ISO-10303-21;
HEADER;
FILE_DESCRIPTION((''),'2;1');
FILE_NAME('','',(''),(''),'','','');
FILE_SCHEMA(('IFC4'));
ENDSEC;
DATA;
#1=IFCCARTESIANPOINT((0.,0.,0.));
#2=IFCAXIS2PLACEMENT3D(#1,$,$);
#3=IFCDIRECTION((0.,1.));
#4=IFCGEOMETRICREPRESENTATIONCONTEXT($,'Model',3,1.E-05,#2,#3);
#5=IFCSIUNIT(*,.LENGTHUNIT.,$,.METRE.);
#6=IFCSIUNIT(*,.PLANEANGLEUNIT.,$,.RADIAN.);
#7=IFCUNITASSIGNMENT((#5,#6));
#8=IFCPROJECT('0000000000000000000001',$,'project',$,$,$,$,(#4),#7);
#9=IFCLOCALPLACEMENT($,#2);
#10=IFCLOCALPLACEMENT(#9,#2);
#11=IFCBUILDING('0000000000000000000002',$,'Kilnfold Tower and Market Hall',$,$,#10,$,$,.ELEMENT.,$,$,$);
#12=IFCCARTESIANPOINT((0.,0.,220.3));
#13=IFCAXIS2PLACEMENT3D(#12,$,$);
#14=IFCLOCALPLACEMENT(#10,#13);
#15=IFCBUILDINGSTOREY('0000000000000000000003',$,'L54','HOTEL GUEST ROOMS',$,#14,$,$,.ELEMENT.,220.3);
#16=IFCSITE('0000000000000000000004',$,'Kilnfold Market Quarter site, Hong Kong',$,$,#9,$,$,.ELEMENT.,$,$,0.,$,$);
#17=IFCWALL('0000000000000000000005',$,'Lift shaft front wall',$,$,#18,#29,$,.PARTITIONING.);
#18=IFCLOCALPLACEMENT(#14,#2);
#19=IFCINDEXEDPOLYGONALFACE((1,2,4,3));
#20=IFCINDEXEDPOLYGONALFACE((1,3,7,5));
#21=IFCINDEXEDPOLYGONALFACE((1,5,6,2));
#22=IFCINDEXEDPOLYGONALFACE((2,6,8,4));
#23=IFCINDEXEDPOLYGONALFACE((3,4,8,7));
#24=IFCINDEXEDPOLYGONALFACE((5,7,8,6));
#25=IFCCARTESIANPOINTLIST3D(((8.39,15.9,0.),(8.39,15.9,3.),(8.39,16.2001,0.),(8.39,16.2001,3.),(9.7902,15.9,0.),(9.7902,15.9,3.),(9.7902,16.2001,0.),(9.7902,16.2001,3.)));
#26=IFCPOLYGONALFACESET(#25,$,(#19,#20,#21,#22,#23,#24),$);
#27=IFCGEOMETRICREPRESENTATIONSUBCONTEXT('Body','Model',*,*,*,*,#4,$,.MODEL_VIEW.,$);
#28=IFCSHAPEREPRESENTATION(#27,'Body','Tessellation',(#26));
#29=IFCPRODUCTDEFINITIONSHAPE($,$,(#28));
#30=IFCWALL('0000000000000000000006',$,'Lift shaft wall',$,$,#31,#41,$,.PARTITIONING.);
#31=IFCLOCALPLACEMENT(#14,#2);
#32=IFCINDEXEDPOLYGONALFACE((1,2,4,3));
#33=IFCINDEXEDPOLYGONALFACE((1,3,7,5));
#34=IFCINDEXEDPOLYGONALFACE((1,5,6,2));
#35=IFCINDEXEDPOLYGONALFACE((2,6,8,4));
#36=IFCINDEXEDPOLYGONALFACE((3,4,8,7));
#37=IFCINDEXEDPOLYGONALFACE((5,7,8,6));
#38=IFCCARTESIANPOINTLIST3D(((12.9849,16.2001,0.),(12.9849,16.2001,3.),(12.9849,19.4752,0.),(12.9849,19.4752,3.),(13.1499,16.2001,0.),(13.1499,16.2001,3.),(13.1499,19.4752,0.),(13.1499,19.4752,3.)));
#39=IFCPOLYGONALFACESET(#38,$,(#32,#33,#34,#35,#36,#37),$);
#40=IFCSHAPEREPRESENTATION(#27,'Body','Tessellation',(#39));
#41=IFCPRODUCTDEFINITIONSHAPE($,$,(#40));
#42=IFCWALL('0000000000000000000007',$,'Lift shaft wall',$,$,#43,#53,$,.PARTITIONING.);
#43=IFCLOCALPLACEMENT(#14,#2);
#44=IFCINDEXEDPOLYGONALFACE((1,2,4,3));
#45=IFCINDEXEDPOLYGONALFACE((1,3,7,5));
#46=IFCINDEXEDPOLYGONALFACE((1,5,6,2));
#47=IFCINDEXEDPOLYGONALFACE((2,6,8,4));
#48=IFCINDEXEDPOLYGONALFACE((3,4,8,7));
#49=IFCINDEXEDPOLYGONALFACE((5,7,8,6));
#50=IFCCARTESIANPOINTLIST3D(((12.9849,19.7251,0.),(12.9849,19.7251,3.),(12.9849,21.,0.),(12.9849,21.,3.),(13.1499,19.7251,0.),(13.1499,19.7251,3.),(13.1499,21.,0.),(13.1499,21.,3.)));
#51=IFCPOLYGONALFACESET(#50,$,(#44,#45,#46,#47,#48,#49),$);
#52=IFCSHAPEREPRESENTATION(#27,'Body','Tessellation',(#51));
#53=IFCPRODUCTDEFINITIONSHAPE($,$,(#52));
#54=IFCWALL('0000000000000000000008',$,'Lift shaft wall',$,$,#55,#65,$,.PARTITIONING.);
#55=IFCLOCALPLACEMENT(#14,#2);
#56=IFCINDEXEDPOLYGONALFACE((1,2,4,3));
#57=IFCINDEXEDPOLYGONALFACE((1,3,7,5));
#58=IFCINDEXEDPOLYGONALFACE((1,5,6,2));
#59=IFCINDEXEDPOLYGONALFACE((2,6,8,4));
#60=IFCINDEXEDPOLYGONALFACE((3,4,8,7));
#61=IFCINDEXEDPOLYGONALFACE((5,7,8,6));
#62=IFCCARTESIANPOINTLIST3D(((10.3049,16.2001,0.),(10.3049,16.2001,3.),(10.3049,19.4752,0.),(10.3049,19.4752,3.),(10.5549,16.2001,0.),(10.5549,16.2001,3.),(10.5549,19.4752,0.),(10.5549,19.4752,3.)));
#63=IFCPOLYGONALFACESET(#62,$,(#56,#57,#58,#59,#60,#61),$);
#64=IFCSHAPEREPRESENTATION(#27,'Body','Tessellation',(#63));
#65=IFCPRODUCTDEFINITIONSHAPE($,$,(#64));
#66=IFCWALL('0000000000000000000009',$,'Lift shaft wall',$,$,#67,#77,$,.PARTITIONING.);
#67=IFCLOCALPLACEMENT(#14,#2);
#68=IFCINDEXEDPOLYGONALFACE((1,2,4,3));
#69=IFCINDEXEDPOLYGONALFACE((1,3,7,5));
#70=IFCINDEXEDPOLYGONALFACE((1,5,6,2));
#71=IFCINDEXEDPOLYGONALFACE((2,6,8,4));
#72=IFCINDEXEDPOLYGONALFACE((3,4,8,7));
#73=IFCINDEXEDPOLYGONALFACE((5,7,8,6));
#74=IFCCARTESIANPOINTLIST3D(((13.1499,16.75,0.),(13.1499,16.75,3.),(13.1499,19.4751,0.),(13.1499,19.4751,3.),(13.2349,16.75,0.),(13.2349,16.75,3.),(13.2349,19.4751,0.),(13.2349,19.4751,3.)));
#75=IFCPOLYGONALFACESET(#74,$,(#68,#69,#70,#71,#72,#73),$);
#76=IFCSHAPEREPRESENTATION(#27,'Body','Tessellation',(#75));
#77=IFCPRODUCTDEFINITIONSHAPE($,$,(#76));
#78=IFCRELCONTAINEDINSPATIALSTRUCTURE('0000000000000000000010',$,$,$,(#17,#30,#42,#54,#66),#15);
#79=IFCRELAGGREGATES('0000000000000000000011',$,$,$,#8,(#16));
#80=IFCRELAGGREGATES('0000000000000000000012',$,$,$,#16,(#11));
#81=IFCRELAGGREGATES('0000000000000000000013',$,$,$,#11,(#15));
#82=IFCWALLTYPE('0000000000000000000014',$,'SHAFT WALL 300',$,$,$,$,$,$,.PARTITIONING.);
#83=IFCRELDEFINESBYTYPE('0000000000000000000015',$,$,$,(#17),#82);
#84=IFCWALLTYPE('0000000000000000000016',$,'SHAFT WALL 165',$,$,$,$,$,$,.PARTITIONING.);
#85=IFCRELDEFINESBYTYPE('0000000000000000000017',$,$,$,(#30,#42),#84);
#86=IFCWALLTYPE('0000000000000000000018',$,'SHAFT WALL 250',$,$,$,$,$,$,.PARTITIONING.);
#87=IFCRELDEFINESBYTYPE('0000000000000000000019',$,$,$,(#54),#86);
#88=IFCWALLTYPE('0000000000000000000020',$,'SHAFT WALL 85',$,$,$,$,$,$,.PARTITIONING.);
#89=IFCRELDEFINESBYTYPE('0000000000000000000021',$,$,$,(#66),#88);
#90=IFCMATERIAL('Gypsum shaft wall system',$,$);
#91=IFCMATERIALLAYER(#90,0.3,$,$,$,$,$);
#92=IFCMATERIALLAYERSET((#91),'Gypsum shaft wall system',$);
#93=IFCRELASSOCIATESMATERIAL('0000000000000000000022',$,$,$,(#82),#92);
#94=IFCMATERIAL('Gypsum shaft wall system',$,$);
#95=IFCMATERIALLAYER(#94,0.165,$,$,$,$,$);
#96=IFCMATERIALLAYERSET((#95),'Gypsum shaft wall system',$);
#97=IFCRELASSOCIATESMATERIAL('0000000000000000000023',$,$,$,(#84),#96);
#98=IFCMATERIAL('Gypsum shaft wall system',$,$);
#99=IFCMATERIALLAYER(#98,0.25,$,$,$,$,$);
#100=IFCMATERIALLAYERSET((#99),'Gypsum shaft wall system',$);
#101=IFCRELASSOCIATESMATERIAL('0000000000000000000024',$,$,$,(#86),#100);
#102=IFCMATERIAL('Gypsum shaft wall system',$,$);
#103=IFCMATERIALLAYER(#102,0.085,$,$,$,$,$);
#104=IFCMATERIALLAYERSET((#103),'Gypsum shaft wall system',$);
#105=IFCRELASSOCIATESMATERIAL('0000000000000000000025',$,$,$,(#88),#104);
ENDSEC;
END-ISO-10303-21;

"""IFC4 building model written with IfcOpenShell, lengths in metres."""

from ifc_helpers import new_model, si_unit, direction, frame, frame_2d, origin, place, context, subcontext, project, spatial, rectangle, extrude, source, transform, mapped, material, layer, layer_set, type_object, element, save


model = new_model("IFC4")

# Units and contexts
model_context = context("Model", 3, precision=1e-05, world=origin(), true_north=direction((0.0, 1.0)))
body_context = subcontext(model_context, "Body", "Model", "MODEL_VIEW")
ifc_project = project(units=[si_unit("LENGTHUNIT", "METRE"), si_unit("PLANEANGLEUNIT", "RADIAN")], contexts=[model_context])

# Site, building, storey
site_placement = place(None, origin())
site = spatial("IfcSite", under=ifc_project, at=site_placement, Name="Kilnfold Market Quarter site, Hong Kong", CompositionType="ELEMENT", RefElevation=0.0)
building_placement = place(site_placement, origin())
building = spatial("IfcBuilding", under=site, at=building_placement, Name="Kilnfold Tower and Market Hall", CompositionType="ELEMENT")
storey_placement = place(building_placement, frame((0.0, 0.0, 220.3)))
storey = spatial("IfcBuildingStorey", under=building, at=storey_placement, Name="L54", Description="HOTEL GUEST ROOMS", CompositionType="ELEMENT", Elevation=220.3)

# Shared definitions
ifc_material_1 = material(Name="Gypsum shaft wall system")
ifc_layer_1 = layer(ifc_material_1, 0.3)
ifc_layer_set_1 = layer_set([ifc_layer_1], Name="Gypsum shaft wall system")
wall_type_1 = type_object("IfcWallType", Name="SHAFT WALL 300", PredefinedType="PARTITIONING", material=ifc_layer_set_1)

# Walls
shared_shape_1 = source(origin(), body_context, "Body", "SweptSolid", [
    extrude(rectangle(XDim=1.4001, YDim=0.3, at=frame_2d((0.7002, 0.0))), origin(), (0.0, 0.0, 1.0), 3.0),
])
wall_1_placement = place(storey_placement, frame((8.3899, 16.05, 0.0), z_axis=(0.0, 0.0, 1.0), x_axis=(1.0, 0.0, 0.0)))
element("IfcWall", 1, at=wall_1_placement, inside=storey, type_object=wall_type_1, Name="Lift shaft front wall", PredefinedType="PARTITIONING", context=body_context, shape_type="MappedRepresentation", body=[
    mapped(shared_shape_1, transform((0.0, 0.0, 0.0))),
])
ifc_material_2 = material(Name="Gypsum shaft wall system")
ifc_layer_2 = layer(ifc_material_2, 0.165)
ifc_layer_set_2 = layer_set([ifc_layer_2], Name="Gypsum shaft wall system")
wall_type_2 = type_object("IfcWallType", Name="SHAFT WALL 165", PredefinedType="PARTITIONING", material=ifc_layer_set_2)
shared_shape_2 = source(origin(), body_context, "Body", "SweptSolid", [
    extrude(rectangle(XDim=3.2751, YDim=0.165, at=frame_2d((1.6377, 0.0))), origin(), (0.0, 0.0, 1.0), 3.0),
])
wall_2_placement = place(storey_placement, frame((13.0674, 16.2, 0.0), z_axis=(0.0, 0.0, 1.0), x_axis=(0.0, 1.0, 0.0)))
element("IfcWall", 2, at=wall_2_placement, inside=storey, type_object=wall_type_2, Name="Lift shaft wall", PredefinedType="PARTITIONING", context=body_context, shape_type="MappedRepresentation", body=[
    mapped(shared_shape_2, transform((0.0, 0.0, 0.0))),
])
shared_shape_3 = source(origin(), body_context, "Body", "SweptSolid", [
    extrude(rectangle(XDim=1.2749, YDim=0.165, at=frame_2d((0.6375, 0.0))), origin(), (0.0, 0.0, 1.0), 3.0),
])
wall_3_placement = place(storey_placement, frame((13.0674, 19.7251, 0.0), z_axis=(0.0, 0.0, 1.0), x_axis=(0.0, 1.0, 0.0)))
element("IfcWall", 3, at=wall_3_placement, inside=storey, type_object=wall_type_2, Name="Lift shaft wall", PredefinedType="PARTITIONING", context=body_context, shape_type="MappedRepresentation", body=[
    mapped(shared_shape_3, transform((0.0, 0.0, 0.0))),
])
ifc_material_3 = material(Name="Gypsum shaft wall system")
ifc_layer_3 = layer(ifc_material_3, 0.25)
ifc_layer_set_3 = layer_set([ifc_layer_3], Name="Gypsum shaft wall system")
wall_type_3 = type_object("IfcWallType", Name="SHAFT WALL 250", PredefinedType="PARTITIONING", material=ifc_layer_set_3)
shared_shape_4 = source(origin(), body_context, "Body", "SweptSolid", [
    extrude(rectangle(XDim=3.2751, YDim=0.25, at=frame_2d((1.6377, 0.0))), origin(), (0.0, 0.0, 1.0), 3.0),
])
wall_4_placement = place(storey_placement, frame((10.4299, 16.2, 0.0), z_axis=(0.0, 0.0, 1.0), x_axis=(0.0, 1.0, 0.0)))
element("IfcWall", 4, at=wall_4_placement, inside=storey, type_object=wall_type_3, Name="Lift shaft wall", PredefinedType="PARTITIONING", context=body_context, shape_type="MappedRepresentation", body=[
    mapped(shared_shape_4, transform((0.0, 0.0, 0.0))),
])
ifc_material_4 = material(Name="Gypsum shaft wall system")
ifc_layer_4 = layer(ifc_material_4, 0.085)
ifc_layer_set_4 = layer_set([ifc_layer_4], Name="Gypsum shaft wall system")
wall_type_4 = type_object("IfcWallType", Name="SHAFT WALL 85", PredefinedType="PARTITIONING", material=ifc_layer_set_4)
shared_shape_5 = source(origin(), body_context, "Body", "SweptSolid", [
    extrude(rectangle(XDim=2.7251, YDim=0.085, at=frame_2d((1.3625, 0.0))), origin(), (0.0, 0.0, 1.0), 3.0),
])
wall_5_placement = place(storey_placement, frame((13.1924, 16.75, 0.0), z_axis=(0.0, 0.0, 1.0), x_axis=(0.0, 1.0, 0.0)))
element("IfcWall", 5, at=wall_5_placement, inside=storey, type_object=wall_type_4, Name="Lift shaft wall", PredefinedType="PARTITIONING", context=body_context, shape_type="MappedRepresentation", body=[
    mapped(shared_shape_5, transform((0.0, 0.0, 0.0))),
])

save(model, "model.ifc")
